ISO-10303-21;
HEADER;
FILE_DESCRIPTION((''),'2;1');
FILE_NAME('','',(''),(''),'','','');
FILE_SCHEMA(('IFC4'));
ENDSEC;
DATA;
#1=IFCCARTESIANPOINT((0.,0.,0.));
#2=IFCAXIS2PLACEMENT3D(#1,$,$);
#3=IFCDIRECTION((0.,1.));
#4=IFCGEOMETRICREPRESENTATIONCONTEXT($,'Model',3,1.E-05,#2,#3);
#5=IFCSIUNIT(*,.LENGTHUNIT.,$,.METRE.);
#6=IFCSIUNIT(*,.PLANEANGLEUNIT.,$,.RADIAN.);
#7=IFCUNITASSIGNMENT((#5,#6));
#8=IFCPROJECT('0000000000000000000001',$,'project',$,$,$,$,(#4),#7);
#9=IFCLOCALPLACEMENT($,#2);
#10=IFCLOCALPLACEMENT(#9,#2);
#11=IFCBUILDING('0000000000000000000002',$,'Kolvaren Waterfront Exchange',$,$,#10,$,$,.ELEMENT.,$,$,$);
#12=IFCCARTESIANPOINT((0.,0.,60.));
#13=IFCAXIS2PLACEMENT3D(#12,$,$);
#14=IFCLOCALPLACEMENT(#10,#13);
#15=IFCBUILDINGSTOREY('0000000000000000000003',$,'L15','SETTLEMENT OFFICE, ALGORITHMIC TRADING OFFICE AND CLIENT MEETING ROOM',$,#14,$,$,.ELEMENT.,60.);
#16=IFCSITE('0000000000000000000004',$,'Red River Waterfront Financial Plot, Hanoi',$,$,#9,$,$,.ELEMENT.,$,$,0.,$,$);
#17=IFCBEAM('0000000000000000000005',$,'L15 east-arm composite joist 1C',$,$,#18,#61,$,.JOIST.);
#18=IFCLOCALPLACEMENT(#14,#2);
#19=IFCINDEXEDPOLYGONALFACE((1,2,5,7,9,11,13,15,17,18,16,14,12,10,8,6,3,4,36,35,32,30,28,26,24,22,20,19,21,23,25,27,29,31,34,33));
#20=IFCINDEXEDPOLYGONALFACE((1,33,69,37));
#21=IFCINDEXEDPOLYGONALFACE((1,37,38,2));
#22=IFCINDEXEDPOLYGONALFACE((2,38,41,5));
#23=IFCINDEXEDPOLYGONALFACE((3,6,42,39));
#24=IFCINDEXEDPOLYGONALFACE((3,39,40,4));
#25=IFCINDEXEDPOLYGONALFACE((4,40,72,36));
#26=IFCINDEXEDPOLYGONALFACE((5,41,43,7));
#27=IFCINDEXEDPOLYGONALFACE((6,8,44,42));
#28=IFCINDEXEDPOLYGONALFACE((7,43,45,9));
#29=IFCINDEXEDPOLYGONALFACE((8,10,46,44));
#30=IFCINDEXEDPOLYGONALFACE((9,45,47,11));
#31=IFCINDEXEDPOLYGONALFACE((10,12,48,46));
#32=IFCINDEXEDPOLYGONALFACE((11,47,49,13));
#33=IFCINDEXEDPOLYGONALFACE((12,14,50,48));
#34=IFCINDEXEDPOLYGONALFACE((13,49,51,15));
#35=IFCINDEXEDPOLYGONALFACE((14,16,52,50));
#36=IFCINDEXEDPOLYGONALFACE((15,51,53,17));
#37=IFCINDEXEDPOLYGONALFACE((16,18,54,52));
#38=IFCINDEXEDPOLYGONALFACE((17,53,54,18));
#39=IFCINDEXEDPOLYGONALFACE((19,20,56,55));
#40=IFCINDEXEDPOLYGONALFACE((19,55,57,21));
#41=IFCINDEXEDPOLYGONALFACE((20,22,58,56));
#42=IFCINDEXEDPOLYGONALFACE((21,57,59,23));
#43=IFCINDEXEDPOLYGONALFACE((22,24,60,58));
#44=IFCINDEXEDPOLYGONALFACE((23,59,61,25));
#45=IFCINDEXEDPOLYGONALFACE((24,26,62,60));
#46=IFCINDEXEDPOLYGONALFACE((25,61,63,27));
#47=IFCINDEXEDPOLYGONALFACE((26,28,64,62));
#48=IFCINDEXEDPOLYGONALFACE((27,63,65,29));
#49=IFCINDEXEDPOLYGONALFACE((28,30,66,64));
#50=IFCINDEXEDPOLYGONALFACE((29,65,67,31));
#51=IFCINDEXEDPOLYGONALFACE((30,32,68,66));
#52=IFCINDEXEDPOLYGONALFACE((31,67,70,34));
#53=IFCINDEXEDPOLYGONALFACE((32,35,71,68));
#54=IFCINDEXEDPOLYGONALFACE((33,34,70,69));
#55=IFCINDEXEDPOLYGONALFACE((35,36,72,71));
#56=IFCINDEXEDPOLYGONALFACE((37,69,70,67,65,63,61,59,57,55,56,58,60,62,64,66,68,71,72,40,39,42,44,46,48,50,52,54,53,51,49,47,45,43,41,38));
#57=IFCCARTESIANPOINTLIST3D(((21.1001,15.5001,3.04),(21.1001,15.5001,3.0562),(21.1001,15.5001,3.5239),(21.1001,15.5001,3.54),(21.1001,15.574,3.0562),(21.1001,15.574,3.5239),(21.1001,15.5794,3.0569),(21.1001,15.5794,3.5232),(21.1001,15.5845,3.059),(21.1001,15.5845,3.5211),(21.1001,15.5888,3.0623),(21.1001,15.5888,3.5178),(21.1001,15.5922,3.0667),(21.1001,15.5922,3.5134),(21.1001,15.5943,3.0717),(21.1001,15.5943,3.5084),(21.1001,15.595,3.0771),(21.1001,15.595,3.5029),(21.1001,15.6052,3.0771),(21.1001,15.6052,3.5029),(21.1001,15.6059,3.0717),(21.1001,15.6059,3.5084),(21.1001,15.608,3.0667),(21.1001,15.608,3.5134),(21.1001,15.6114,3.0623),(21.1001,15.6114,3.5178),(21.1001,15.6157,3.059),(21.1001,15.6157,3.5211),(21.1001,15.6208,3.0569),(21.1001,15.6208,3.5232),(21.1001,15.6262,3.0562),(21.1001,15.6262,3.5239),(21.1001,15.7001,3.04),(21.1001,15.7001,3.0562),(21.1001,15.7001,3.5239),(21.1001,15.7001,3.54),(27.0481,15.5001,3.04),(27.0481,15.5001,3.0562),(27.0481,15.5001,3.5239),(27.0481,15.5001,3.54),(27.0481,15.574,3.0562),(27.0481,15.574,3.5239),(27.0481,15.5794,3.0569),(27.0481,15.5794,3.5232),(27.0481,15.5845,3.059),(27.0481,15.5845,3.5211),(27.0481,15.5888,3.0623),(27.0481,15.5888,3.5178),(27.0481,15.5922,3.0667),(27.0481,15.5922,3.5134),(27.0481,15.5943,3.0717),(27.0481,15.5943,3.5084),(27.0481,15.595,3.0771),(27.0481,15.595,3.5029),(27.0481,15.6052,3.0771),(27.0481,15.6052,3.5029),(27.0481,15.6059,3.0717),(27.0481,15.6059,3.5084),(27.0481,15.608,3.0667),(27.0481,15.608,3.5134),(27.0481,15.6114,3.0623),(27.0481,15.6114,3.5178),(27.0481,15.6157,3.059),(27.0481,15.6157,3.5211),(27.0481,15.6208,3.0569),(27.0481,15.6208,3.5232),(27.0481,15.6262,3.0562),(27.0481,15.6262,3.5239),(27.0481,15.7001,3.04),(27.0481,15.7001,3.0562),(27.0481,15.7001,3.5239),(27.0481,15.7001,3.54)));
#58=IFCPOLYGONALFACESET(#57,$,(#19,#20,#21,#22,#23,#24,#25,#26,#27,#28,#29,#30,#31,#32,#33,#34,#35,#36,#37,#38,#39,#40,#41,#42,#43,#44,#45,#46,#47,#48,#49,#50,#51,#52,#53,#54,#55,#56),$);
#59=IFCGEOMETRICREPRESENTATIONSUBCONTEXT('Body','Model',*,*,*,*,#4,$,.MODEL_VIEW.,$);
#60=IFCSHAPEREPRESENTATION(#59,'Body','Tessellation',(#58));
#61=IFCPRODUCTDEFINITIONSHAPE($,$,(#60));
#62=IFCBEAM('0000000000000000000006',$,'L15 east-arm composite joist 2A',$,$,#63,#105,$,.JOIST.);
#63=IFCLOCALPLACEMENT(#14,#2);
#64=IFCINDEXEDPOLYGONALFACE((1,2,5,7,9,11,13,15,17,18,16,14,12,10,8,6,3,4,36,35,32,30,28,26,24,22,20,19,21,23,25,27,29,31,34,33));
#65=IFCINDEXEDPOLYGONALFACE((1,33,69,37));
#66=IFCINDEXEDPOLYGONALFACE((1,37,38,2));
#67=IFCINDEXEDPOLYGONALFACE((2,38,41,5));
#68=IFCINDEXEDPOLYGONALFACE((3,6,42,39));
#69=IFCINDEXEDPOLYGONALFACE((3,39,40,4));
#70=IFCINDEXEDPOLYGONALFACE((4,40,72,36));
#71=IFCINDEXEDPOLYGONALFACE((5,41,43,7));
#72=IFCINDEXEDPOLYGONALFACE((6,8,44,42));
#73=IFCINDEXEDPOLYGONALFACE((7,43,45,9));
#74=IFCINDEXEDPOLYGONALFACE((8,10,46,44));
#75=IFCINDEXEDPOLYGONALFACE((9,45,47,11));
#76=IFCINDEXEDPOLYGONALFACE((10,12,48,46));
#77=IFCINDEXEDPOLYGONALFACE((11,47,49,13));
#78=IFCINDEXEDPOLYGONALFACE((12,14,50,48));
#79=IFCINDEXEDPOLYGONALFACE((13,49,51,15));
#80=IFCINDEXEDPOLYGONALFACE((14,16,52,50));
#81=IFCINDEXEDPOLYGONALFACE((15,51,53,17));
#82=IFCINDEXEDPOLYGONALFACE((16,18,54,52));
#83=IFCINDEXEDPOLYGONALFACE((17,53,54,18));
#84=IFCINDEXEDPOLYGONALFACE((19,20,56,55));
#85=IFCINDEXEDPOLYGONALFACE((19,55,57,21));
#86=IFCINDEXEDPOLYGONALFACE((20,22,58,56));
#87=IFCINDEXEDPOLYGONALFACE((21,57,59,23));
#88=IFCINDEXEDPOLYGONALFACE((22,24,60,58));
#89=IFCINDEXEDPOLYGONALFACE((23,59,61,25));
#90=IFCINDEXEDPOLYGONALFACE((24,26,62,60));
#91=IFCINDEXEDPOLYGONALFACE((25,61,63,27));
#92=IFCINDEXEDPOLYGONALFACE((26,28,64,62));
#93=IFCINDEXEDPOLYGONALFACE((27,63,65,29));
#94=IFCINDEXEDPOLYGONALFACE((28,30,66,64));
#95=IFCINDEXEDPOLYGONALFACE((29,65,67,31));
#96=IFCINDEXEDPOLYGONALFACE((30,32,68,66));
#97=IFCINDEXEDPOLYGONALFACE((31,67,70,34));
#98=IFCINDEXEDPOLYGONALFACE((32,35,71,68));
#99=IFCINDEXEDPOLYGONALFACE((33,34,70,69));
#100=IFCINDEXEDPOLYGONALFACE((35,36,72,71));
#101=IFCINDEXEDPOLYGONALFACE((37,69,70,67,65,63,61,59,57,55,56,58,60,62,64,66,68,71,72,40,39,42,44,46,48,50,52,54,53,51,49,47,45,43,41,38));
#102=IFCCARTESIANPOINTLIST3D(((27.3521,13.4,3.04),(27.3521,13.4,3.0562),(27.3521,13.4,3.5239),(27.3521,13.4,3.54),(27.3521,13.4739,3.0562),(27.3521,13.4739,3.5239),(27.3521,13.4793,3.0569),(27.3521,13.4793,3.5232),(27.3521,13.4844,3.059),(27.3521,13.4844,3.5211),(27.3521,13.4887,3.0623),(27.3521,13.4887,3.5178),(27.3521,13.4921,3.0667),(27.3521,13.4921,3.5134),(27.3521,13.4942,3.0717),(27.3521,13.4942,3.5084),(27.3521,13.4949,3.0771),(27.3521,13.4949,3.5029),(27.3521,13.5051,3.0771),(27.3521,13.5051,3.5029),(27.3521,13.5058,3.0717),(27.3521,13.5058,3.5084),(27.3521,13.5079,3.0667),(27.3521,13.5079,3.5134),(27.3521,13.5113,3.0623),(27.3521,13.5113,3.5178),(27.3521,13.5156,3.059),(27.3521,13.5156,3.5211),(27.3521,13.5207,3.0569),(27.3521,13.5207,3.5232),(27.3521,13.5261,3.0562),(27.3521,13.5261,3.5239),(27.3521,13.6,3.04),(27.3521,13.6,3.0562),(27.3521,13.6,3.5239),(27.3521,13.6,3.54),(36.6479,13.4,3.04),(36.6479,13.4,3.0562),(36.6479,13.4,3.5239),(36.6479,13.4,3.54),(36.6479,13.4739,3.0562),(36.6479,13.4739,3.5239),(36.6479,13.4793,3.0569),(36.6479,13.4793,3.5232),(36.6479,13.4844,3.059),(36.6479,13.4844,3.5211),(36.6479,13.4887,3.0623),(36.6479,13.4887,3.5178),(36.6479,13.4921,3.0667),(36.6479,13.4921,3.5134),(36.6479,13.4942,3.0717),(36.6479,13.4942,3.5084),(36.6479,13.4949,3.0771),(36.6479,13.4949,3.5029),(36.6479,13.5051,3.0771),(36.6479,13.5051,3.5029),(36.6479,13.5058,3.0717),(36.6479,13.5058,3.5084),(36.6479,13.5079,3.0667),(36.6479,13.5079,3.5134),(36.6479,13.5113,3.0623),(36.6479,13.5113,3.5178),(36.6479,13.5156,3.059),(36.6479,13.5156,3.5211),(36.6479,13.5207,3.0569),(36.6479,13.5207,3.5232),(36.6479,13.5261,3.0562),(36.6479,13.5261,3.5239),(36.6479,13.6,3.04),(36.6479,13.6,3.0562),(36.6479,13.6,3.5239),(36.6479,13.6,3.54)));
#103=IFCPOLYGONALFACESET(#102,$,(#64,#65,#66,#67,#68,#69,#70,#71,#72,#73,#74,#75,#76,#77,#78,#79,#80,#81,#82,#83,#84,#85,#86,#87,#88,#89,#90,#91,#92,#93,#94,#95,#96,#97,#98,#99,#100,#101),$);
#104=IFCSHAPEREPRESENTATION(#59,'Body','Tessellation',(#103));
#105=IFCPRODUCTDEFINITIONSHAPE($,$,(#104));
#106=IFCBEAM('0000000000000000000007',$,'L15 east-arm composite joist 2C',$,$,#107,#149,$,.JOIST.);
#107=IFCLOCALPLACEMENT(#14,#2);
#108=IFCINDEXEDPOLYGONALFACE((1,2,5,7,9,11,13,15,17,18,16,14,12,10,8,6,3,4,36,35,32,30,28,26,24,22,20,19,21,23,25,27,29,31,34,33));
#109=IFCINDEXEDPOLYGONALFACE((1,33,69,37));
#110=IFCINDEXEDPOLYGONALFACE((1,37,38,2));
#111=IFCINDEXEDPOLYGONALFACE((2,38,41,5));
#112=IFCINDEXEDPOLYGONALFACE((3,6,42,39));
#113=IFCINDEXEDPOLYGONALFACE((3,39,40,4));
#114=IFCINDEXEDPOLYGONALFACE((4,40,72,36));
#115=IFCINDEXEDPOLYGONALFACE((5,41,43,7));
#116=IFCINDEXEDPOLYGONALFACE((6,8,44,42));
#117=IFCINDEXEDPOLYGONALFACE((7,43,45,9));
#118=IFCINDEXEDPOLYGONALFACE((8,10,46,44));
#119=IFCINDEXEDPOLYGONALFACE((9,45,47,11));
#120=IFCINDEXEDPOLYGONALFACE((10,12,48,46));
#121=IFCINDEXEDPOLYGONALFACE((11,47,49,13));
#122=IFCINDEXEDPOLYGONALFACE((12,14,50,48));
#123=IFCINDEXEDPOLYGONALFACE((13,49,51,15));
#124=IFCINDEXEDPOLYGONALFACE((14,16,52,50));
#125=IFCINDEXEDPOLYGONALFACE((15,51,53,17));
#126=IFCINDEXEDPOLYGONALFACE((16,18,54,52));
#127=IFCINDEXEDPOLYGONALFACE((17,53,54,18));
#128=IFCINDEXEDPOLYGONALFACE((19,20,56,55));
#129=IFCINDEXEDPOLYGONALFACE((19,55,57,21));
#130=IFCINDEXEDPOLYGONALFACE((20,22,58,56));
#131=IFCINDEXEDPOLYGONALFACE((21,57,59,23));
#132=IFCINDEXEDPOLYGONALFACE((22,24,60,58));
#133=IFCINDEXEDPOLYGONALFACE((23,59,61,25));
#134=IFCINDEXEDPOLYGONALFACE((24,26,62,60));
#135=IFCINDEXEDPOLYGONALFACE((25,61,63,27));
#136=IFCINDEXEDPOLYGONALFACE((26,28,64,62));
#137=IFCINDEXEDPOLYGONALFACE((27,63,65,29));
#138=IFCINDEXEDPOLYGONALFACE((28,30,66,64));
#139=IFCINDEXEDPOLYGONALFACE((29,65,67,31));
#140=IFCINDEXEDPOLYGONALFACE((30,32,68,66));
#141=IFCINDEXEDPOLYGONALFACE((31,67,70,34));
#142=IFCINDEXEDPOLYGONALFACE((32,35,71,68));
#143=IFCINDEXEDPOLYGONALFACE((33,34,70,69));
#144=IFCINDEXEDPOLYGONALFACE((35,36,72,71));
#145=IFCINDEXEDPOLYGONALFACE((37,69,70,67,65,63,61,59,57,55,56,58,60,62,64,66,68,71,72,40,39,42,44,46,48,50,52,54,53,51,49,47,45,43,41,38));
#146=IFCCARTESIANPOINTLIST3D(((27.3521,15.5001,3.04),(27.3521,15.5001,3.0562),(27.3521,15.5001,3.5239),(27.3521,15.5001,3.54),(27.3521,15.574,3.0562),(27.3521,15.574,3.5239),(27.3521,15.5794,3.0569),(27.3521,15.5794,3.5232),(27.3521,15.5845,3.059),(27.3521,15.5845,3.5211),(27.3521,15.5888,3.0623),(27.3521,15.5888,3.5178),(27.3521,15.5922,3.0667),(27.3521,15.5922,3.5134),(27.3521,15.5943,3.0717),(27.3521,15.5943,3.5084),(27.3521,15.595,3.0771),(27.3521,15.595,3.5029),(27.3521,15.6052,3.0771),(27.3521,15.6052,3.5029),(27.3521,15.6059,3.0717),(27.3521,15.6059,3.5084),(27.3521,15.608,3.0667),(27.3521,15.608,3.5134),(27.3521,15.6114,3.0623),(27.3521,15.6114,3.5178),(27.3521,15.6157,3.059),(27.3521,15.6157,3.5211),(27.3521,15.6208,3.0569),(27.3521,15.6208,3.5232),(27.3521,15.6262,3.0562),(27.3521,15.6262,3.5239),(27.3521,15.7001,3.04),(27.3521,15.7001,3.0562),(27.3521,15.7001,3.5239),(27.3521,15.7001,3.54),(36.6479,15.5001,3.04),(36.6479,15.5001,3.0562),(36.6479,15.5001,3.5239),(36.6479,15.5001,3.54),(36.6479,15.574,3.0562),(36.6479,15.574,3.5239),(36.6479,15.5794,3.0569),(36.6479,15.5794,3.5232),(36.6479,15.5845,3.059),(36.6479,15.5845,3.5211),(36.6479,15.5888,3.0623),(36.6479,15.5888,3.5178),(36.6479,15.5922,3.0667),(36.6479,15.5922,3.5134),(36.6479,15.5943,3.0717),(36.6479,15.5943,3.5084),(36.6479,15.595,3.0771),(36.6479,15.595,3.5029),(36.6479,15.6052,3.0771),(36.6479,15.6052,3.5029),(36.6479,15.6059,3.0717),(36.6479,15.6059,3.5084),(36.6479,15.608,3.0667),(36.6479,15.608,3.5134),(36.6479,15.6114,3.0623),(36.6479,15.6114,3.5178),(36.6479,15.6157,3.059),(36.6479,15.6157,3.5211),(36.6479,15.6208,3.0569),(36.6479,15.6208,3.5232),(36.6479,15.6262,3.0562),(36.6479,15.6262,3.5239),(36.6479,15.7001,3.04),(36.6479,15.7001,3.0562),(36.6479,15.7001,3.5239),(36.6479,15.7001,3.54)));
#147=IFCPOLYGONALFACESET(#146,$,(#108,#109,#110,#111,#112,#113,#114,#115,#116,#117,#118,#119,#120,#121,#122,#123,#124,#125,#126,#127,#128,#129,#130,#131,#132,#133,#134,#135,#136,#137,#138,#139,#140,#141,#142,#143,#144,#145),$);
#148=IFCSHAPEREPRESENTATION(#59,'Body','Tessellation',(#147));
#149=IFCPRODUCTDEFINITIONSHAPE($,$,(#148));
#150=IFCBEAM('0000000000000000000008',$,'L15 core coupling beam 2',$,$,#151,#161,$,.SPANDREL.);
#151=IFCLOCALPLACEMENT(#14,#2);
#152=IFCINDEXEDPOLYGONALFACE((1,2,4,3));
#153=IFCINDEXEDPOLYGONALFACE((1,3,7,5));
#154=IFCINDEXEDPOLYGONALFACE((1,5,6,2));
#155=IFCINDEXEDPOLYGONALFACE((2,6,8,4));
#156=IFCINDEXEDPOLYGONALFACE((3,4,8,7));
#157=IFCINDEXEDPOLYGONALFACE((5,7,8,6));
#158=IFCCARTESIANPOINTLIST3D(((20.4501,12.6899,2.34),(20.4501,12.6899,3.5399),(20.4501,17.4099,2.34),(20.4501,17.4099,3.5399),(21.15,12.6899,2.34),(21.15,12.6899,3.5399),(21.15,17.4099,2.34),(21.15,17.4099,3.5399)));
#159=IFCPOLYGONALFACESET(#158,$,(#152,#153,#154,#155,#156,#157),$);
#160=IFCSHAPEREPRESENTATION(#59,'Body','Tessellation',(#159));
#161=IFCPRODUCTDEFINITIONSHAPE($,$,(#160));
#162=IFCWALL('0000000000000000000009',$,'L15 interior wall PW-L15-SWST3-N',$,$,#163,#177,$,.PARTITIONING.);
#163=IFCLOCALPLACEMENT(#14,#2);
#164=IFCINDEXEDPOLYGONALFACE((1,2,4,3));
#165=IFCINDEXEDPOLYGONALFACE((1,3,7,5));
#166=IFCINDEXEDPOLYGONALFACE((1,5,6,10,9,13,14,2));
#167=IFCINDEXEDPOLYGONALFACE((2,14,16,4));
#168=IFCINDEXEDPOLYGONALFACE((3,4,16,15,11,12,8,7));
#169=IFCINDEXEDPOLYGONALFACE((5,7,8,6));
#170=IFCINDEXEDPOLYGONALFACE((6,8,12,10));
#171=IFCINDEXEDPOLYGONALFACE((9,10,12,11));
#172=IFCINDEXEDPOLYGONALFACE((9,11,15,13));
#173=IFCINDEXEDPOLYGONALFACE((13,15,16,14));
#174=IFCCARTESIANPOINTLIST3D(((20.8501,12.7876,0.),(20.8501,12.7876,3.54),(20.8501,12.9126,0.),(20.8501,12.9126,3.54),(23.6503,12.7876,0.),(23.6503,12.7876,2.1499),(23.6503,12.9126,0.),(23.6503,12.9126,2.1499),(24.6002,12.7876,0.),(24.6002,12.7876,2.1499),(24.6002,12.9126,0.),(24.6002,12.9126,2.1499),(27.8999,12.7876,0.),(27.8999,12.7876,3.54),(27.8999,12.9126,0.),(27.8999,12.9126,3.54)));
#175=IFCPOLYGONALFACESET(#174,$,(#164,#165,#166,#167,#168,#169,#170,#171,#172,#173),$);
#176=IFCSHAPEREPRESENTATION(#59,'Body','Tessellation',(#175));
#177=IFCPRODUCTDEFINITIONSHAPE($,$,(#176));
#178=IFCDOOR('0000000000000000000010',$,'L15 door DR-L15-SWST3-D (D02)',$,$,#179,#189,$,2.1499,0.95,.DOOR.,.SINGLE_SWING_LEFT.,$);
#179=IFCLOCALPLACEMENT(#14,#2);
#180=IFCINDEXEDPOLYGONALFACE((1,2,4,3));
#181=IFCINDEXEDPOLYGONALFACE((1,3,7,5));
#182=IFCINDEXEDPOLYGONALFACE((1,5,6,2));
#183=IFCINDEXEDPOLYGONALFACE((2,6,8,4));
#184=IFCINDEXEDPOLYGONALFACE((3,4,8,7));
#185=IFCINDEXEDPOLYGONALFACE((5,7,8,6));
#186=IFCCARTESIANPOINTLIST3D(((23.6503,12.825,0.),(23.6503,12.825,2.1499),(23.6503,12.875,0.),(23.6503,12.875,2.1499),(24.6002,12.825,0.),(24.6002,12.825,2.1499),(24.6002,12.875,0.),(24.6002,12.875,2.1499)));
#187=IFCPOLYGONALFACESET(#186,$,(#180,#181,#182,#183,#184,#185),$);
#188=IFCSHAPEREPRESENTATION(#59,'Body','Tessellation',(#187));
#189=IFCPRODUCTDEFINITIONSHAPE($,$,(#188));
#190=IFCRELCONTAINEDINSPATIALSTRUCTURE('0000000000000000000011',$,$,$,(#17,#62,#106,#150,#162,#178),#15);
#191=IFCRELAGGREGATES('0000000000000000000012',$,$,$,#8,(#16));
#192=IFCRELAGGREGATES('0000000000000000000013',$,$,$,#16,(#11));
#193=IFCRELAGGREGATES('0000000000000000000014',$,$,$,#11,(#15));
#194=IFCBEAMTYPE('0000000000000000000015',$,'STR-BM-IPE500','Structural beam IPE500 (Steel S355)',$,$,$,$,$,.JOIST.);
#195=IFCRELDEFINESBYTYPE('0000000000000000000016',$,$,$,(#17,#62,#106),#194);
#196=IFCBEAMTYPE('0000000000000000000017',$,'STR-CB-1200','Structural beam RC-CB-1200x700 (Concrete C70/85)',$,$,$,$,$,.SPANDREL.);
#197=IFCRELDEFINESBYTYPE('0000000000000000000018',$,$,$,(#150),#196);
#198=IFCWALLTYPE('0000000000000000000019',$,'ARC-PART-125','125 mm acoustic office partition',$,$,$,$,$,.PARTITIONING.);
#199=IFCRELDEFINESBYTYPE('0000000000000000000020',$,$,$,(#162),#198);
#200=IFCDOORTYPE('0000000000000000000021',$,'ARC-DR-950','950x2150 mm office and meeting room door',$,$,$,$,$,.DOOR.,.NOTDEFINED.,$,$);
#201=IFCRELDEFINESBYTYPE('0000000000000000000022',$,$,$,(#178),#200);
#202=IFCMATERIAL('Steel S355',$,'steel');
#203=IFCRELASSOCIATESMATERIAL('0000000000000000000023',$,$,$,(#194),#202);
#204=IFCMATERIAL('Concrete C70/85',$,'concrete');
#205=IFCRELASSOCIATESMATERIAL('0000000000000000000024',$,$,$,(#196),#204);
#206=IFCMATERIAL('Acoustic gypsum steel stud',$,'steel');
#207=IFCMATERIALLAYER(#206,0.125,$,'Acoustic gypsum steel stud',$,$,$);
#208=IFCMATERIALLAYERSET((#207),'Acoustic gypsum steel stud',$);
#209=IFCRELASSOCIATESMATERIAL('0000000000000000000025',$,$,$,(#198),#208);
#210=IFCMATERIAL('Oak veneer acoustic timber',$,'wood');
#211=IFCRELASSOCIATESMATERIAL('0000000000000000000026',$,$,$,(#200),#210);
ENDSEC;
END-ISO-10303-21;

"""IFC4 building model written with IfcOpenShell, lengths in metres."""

from ifc_helpers import new_model, si_unit, direction, frame, frame_2d, origin, origin_2d, place, context, subcontext, project, spatial, rectangle, i_section, extrude, material, layer, layer_set, material_profile, profile_set, type_object, element, fill, save


model = new_model("IFC4")

# Units and contexts
model_context = context("Model", 3, precision=1e-05, world=origin(), true_north=direction((0.0, 1.0)))
body_context = subcontext(model_context, "Body", "Model", "MODEL_VIEW")
ifc_project = project(units=[si_unit("LENGTHUNIT", "METRE"), si_unit("PLANEANGLEUNIT", "RADIAN")], contexts=[model_context])

# Site, building, storey
site_placement = place(None, origin())
site = spatial("IfcSite", under=ifc_project, at=site_placement, Name="Red River Waterfront Financial Plot, Hanoi", CompositionType="ELEMENT", RefElevation=0.0)
building_placement = place(site_placement, origin())
building = spatial("IfcBuilding", under=site, at=building_placement, Name="Kolvaren Waterfront Exchange", CompositionType="ELEMENT")
storey_placement = place(building_placement, frame((0.0, 0.0, 60.0)))
storey = spatial("IfcBuildingStorey", under=building, at=storey_placement, Name="L15", Description="SETTLEMENT OFFICE, ALGORITHMIC TRADING OFFICE AND CLIENT MEETING ROOM", CompositionType="ELEMENT", Elevation=60.0)

# Shared definitions
ifc_material_1 = material(Name="Concrete C70/85", Category="concrete")

# Beams
ifc_material_2 = material(Name="Steel S355", Category="steel")
ifc_material_profile_1 = material_profile(ifc_material_2, i_section(OverallWidth=0.2, OverallDepth=0.5, WebThickness=0.0103, FlangeThickness=0.0161, FilletRadius=0.021, at=origin_2d()), Name="IPE500")
ifc_profile_set_1 = profile_set([ifc_material_profile_1], Name="Steel S355")
beam_type_1 = type_object("IfcBeamType", Name="STR-BM-IPE500", Description="Structural beam IPE500 (Steel S355)", PredefinedType="JOIST", material=ifc_profile_set_1)
for number, where, z_axis, x_axis, name in (
    (1, (21.1001, 15.6001, 3.29), (1.0, 0.0, 0.0), (0.0, 1.0, 0.0), "L15 east-arm composite joist 1C"),
):
    element("IfcBeam", number, at=place(storey_placement, frame(where, z_axis=z_axis, x_axis=x_axis)), inside=storey, type_object=beam_type_1, Name=name, PredefinedType="JOIST", context=body_context, shape_type="SweptSolid", body=[
        extrude(i_section(OverallWidth=0.2, OverallDepth=0.5, WebThickness=0.0103, FlangeThickness=0.0161, FilletRadius=0.021, at=origin_2d()), origin(), (0.0, 0.0, 1.0), 5.948),
    ])
for number, where, z_axis, x_axis, name in (
    (2, (27.3521, 13.5, 3.29), (1.0, 0.0, 0.0), (0.0, 1.0, 0.0), "L15 east-arm composite joist 2A"),
    (3, (27.3521, 15.6001, 3.29), (1.0, 0.0, 0.0), (0.0, 1.0, 0.0), "L15 east-arm composite joist 2C"),
):
    element("IfcBeam", number, at=place(storey_placement, frame(where, z_axis=z_axis, x_axis=x_axis)), inside=storey, type_object=beam_type_1, Name=name, PredefinedType="JOIST", context=body_context, shape_type="SweptSolid", body=[
        extrude(i_section(OverallWidth=0.2, OverallDepth=0.5, WebThickness=0.0103, FlangeThickness=0.0161, FilletRadius=0.021, at=origin_2d()), origin(), (0.0, 0.0, 1.0), 9.2959),
    ])
ifc_material_profile_2 = material_profile(ifc_material_1, rectangle(XDim=0.7, YDim=1.2, at=origin_2d()), Name="RC-CB-1200x700")
ifc_profile_set_2 = profile_set([ifc_material_profile_2], Name="Concrete C70/85")
beam_type_2 = type_object("IfcBeamType", Name="STR-CB-1200", Description="Structural beam RC-CB-1200x700 (Concrete C70/85)", PredefinedType="SPANDREL", material=ifc_profile_set_2)
beam_1_placement = place(storey_placement, frame((20.8, 12.6899, 2.9399), z_axis=(0.0, 1.0, 0.0), x_axis=(-1.0, 0.0, 0.0)))
element("IfcBeam", 4, at=beam_1_placement, inside=storey, type_object=beam_type_2, Name="L15 core coupling beam 2", PredefinedType="SPANDREL", context=body_context, shape_type="SweptSolid", body=[
    extrude(rectangle(XDim=0.7, YDim=1.2, at=origin_2d()), origin(), (0.0, 0.0, 1.0), 4.72),
])

# Wall, opening, door
ifc_material_3 = material(Name="Acoustic gypsum steel stud", Category="steel")
ifc_layer_1 = layer(ifc_material_3, 0.125, Name="Acoustic gypsum steel stud")
ifc_layer_set_1 = layer_set([ifc_layer_1], Name="Acoustic gypsum steel stud")
wall_type_1 = type_object("IfcWallType", Name="ARC-PART-125", Description="125 mm acoustic office partition", PredefinedType="PARTITIONING", material=ifc_layer_set_1)
wall_1_placement = place(storey_placement, frame((20.8501, 12.8501, 0.0), z_axis=(0.0, 0.0, 1.0), x_axis=(1.0, 0.0, 0.0)))
wall_1 = element("IfcWall", 5, at=wall_1_placement, inside=storey, type_object=wall_type_1, Name="L15 interior wall PW-L15-SWST3-N", PredefinedType="PARTITIONING", context=body_context, shape_type="SweptSolid", body=[
    extrude(rectangle(XDim=7.0498, YDim=0.125, at=frame_2d((3.5249, 0.0))), origin(), (0.0, 0.0, 1.0), 3.54),
])
opening_1_placement = place(wall_1_placement, frame((2.8, 0.0, 0.0)))
opening_1 = element("IfcOpeningElement", 6, at=opening_1_placement, cuts=wall_1, PredefinedType="OPENING", context=body_context, shape_type="SweptSolid", body=[
    extrude(rectangle(XDim=0.95, YDim=2.1499, at=frame_2d((0.4751, 1.075))), frame((0.0, 0.0725, 0.0), z_axis=(0.0, -1.0, 0.0), x_axis=(1.0, 0.0, 0.0)), (0.0, 0.0, 1.0), 0.145),
])
ifc_material_4 = material(Name="Oak veneer acoustic timber", Category="wood")
door_type_1 = type_object("IfcDoorType", Name="ARC-DR-950", Description="950x2150 mm office and meeting room door", OperationType="NOTDEFINED", PredefinedType="DOOR", material=ifc_material_4)
door_1_placement = place(opening_1_placement, origin())
door_1 = element("IfcDoor", 7, at=door_1_placement, inside=storey, type_object=door_type_1, Name="L15 door DR-L15-SWST3-D (D02)", OperationType="SINGLE_SWING_LEFT", OverallHeight=2.1499, OverallWidth=0.95, PredefinedType="DOOR", context=body_context, shape_type="SweptSolid", body=[
    extrude(rectangle(XDim=0.95, YDim=2.1499, at=frame_2d((0.4751, 1.075))), frame((0.0, 0.0249, 0.0), z_axis=(0.0, -1.0, 0.0), x_axis=(1.0, 0.0, 0.0)), (0.0, 0.0, 1.0), 0.05),
])
fill(opening_1, door_1)

save(model, "model.ifc")
